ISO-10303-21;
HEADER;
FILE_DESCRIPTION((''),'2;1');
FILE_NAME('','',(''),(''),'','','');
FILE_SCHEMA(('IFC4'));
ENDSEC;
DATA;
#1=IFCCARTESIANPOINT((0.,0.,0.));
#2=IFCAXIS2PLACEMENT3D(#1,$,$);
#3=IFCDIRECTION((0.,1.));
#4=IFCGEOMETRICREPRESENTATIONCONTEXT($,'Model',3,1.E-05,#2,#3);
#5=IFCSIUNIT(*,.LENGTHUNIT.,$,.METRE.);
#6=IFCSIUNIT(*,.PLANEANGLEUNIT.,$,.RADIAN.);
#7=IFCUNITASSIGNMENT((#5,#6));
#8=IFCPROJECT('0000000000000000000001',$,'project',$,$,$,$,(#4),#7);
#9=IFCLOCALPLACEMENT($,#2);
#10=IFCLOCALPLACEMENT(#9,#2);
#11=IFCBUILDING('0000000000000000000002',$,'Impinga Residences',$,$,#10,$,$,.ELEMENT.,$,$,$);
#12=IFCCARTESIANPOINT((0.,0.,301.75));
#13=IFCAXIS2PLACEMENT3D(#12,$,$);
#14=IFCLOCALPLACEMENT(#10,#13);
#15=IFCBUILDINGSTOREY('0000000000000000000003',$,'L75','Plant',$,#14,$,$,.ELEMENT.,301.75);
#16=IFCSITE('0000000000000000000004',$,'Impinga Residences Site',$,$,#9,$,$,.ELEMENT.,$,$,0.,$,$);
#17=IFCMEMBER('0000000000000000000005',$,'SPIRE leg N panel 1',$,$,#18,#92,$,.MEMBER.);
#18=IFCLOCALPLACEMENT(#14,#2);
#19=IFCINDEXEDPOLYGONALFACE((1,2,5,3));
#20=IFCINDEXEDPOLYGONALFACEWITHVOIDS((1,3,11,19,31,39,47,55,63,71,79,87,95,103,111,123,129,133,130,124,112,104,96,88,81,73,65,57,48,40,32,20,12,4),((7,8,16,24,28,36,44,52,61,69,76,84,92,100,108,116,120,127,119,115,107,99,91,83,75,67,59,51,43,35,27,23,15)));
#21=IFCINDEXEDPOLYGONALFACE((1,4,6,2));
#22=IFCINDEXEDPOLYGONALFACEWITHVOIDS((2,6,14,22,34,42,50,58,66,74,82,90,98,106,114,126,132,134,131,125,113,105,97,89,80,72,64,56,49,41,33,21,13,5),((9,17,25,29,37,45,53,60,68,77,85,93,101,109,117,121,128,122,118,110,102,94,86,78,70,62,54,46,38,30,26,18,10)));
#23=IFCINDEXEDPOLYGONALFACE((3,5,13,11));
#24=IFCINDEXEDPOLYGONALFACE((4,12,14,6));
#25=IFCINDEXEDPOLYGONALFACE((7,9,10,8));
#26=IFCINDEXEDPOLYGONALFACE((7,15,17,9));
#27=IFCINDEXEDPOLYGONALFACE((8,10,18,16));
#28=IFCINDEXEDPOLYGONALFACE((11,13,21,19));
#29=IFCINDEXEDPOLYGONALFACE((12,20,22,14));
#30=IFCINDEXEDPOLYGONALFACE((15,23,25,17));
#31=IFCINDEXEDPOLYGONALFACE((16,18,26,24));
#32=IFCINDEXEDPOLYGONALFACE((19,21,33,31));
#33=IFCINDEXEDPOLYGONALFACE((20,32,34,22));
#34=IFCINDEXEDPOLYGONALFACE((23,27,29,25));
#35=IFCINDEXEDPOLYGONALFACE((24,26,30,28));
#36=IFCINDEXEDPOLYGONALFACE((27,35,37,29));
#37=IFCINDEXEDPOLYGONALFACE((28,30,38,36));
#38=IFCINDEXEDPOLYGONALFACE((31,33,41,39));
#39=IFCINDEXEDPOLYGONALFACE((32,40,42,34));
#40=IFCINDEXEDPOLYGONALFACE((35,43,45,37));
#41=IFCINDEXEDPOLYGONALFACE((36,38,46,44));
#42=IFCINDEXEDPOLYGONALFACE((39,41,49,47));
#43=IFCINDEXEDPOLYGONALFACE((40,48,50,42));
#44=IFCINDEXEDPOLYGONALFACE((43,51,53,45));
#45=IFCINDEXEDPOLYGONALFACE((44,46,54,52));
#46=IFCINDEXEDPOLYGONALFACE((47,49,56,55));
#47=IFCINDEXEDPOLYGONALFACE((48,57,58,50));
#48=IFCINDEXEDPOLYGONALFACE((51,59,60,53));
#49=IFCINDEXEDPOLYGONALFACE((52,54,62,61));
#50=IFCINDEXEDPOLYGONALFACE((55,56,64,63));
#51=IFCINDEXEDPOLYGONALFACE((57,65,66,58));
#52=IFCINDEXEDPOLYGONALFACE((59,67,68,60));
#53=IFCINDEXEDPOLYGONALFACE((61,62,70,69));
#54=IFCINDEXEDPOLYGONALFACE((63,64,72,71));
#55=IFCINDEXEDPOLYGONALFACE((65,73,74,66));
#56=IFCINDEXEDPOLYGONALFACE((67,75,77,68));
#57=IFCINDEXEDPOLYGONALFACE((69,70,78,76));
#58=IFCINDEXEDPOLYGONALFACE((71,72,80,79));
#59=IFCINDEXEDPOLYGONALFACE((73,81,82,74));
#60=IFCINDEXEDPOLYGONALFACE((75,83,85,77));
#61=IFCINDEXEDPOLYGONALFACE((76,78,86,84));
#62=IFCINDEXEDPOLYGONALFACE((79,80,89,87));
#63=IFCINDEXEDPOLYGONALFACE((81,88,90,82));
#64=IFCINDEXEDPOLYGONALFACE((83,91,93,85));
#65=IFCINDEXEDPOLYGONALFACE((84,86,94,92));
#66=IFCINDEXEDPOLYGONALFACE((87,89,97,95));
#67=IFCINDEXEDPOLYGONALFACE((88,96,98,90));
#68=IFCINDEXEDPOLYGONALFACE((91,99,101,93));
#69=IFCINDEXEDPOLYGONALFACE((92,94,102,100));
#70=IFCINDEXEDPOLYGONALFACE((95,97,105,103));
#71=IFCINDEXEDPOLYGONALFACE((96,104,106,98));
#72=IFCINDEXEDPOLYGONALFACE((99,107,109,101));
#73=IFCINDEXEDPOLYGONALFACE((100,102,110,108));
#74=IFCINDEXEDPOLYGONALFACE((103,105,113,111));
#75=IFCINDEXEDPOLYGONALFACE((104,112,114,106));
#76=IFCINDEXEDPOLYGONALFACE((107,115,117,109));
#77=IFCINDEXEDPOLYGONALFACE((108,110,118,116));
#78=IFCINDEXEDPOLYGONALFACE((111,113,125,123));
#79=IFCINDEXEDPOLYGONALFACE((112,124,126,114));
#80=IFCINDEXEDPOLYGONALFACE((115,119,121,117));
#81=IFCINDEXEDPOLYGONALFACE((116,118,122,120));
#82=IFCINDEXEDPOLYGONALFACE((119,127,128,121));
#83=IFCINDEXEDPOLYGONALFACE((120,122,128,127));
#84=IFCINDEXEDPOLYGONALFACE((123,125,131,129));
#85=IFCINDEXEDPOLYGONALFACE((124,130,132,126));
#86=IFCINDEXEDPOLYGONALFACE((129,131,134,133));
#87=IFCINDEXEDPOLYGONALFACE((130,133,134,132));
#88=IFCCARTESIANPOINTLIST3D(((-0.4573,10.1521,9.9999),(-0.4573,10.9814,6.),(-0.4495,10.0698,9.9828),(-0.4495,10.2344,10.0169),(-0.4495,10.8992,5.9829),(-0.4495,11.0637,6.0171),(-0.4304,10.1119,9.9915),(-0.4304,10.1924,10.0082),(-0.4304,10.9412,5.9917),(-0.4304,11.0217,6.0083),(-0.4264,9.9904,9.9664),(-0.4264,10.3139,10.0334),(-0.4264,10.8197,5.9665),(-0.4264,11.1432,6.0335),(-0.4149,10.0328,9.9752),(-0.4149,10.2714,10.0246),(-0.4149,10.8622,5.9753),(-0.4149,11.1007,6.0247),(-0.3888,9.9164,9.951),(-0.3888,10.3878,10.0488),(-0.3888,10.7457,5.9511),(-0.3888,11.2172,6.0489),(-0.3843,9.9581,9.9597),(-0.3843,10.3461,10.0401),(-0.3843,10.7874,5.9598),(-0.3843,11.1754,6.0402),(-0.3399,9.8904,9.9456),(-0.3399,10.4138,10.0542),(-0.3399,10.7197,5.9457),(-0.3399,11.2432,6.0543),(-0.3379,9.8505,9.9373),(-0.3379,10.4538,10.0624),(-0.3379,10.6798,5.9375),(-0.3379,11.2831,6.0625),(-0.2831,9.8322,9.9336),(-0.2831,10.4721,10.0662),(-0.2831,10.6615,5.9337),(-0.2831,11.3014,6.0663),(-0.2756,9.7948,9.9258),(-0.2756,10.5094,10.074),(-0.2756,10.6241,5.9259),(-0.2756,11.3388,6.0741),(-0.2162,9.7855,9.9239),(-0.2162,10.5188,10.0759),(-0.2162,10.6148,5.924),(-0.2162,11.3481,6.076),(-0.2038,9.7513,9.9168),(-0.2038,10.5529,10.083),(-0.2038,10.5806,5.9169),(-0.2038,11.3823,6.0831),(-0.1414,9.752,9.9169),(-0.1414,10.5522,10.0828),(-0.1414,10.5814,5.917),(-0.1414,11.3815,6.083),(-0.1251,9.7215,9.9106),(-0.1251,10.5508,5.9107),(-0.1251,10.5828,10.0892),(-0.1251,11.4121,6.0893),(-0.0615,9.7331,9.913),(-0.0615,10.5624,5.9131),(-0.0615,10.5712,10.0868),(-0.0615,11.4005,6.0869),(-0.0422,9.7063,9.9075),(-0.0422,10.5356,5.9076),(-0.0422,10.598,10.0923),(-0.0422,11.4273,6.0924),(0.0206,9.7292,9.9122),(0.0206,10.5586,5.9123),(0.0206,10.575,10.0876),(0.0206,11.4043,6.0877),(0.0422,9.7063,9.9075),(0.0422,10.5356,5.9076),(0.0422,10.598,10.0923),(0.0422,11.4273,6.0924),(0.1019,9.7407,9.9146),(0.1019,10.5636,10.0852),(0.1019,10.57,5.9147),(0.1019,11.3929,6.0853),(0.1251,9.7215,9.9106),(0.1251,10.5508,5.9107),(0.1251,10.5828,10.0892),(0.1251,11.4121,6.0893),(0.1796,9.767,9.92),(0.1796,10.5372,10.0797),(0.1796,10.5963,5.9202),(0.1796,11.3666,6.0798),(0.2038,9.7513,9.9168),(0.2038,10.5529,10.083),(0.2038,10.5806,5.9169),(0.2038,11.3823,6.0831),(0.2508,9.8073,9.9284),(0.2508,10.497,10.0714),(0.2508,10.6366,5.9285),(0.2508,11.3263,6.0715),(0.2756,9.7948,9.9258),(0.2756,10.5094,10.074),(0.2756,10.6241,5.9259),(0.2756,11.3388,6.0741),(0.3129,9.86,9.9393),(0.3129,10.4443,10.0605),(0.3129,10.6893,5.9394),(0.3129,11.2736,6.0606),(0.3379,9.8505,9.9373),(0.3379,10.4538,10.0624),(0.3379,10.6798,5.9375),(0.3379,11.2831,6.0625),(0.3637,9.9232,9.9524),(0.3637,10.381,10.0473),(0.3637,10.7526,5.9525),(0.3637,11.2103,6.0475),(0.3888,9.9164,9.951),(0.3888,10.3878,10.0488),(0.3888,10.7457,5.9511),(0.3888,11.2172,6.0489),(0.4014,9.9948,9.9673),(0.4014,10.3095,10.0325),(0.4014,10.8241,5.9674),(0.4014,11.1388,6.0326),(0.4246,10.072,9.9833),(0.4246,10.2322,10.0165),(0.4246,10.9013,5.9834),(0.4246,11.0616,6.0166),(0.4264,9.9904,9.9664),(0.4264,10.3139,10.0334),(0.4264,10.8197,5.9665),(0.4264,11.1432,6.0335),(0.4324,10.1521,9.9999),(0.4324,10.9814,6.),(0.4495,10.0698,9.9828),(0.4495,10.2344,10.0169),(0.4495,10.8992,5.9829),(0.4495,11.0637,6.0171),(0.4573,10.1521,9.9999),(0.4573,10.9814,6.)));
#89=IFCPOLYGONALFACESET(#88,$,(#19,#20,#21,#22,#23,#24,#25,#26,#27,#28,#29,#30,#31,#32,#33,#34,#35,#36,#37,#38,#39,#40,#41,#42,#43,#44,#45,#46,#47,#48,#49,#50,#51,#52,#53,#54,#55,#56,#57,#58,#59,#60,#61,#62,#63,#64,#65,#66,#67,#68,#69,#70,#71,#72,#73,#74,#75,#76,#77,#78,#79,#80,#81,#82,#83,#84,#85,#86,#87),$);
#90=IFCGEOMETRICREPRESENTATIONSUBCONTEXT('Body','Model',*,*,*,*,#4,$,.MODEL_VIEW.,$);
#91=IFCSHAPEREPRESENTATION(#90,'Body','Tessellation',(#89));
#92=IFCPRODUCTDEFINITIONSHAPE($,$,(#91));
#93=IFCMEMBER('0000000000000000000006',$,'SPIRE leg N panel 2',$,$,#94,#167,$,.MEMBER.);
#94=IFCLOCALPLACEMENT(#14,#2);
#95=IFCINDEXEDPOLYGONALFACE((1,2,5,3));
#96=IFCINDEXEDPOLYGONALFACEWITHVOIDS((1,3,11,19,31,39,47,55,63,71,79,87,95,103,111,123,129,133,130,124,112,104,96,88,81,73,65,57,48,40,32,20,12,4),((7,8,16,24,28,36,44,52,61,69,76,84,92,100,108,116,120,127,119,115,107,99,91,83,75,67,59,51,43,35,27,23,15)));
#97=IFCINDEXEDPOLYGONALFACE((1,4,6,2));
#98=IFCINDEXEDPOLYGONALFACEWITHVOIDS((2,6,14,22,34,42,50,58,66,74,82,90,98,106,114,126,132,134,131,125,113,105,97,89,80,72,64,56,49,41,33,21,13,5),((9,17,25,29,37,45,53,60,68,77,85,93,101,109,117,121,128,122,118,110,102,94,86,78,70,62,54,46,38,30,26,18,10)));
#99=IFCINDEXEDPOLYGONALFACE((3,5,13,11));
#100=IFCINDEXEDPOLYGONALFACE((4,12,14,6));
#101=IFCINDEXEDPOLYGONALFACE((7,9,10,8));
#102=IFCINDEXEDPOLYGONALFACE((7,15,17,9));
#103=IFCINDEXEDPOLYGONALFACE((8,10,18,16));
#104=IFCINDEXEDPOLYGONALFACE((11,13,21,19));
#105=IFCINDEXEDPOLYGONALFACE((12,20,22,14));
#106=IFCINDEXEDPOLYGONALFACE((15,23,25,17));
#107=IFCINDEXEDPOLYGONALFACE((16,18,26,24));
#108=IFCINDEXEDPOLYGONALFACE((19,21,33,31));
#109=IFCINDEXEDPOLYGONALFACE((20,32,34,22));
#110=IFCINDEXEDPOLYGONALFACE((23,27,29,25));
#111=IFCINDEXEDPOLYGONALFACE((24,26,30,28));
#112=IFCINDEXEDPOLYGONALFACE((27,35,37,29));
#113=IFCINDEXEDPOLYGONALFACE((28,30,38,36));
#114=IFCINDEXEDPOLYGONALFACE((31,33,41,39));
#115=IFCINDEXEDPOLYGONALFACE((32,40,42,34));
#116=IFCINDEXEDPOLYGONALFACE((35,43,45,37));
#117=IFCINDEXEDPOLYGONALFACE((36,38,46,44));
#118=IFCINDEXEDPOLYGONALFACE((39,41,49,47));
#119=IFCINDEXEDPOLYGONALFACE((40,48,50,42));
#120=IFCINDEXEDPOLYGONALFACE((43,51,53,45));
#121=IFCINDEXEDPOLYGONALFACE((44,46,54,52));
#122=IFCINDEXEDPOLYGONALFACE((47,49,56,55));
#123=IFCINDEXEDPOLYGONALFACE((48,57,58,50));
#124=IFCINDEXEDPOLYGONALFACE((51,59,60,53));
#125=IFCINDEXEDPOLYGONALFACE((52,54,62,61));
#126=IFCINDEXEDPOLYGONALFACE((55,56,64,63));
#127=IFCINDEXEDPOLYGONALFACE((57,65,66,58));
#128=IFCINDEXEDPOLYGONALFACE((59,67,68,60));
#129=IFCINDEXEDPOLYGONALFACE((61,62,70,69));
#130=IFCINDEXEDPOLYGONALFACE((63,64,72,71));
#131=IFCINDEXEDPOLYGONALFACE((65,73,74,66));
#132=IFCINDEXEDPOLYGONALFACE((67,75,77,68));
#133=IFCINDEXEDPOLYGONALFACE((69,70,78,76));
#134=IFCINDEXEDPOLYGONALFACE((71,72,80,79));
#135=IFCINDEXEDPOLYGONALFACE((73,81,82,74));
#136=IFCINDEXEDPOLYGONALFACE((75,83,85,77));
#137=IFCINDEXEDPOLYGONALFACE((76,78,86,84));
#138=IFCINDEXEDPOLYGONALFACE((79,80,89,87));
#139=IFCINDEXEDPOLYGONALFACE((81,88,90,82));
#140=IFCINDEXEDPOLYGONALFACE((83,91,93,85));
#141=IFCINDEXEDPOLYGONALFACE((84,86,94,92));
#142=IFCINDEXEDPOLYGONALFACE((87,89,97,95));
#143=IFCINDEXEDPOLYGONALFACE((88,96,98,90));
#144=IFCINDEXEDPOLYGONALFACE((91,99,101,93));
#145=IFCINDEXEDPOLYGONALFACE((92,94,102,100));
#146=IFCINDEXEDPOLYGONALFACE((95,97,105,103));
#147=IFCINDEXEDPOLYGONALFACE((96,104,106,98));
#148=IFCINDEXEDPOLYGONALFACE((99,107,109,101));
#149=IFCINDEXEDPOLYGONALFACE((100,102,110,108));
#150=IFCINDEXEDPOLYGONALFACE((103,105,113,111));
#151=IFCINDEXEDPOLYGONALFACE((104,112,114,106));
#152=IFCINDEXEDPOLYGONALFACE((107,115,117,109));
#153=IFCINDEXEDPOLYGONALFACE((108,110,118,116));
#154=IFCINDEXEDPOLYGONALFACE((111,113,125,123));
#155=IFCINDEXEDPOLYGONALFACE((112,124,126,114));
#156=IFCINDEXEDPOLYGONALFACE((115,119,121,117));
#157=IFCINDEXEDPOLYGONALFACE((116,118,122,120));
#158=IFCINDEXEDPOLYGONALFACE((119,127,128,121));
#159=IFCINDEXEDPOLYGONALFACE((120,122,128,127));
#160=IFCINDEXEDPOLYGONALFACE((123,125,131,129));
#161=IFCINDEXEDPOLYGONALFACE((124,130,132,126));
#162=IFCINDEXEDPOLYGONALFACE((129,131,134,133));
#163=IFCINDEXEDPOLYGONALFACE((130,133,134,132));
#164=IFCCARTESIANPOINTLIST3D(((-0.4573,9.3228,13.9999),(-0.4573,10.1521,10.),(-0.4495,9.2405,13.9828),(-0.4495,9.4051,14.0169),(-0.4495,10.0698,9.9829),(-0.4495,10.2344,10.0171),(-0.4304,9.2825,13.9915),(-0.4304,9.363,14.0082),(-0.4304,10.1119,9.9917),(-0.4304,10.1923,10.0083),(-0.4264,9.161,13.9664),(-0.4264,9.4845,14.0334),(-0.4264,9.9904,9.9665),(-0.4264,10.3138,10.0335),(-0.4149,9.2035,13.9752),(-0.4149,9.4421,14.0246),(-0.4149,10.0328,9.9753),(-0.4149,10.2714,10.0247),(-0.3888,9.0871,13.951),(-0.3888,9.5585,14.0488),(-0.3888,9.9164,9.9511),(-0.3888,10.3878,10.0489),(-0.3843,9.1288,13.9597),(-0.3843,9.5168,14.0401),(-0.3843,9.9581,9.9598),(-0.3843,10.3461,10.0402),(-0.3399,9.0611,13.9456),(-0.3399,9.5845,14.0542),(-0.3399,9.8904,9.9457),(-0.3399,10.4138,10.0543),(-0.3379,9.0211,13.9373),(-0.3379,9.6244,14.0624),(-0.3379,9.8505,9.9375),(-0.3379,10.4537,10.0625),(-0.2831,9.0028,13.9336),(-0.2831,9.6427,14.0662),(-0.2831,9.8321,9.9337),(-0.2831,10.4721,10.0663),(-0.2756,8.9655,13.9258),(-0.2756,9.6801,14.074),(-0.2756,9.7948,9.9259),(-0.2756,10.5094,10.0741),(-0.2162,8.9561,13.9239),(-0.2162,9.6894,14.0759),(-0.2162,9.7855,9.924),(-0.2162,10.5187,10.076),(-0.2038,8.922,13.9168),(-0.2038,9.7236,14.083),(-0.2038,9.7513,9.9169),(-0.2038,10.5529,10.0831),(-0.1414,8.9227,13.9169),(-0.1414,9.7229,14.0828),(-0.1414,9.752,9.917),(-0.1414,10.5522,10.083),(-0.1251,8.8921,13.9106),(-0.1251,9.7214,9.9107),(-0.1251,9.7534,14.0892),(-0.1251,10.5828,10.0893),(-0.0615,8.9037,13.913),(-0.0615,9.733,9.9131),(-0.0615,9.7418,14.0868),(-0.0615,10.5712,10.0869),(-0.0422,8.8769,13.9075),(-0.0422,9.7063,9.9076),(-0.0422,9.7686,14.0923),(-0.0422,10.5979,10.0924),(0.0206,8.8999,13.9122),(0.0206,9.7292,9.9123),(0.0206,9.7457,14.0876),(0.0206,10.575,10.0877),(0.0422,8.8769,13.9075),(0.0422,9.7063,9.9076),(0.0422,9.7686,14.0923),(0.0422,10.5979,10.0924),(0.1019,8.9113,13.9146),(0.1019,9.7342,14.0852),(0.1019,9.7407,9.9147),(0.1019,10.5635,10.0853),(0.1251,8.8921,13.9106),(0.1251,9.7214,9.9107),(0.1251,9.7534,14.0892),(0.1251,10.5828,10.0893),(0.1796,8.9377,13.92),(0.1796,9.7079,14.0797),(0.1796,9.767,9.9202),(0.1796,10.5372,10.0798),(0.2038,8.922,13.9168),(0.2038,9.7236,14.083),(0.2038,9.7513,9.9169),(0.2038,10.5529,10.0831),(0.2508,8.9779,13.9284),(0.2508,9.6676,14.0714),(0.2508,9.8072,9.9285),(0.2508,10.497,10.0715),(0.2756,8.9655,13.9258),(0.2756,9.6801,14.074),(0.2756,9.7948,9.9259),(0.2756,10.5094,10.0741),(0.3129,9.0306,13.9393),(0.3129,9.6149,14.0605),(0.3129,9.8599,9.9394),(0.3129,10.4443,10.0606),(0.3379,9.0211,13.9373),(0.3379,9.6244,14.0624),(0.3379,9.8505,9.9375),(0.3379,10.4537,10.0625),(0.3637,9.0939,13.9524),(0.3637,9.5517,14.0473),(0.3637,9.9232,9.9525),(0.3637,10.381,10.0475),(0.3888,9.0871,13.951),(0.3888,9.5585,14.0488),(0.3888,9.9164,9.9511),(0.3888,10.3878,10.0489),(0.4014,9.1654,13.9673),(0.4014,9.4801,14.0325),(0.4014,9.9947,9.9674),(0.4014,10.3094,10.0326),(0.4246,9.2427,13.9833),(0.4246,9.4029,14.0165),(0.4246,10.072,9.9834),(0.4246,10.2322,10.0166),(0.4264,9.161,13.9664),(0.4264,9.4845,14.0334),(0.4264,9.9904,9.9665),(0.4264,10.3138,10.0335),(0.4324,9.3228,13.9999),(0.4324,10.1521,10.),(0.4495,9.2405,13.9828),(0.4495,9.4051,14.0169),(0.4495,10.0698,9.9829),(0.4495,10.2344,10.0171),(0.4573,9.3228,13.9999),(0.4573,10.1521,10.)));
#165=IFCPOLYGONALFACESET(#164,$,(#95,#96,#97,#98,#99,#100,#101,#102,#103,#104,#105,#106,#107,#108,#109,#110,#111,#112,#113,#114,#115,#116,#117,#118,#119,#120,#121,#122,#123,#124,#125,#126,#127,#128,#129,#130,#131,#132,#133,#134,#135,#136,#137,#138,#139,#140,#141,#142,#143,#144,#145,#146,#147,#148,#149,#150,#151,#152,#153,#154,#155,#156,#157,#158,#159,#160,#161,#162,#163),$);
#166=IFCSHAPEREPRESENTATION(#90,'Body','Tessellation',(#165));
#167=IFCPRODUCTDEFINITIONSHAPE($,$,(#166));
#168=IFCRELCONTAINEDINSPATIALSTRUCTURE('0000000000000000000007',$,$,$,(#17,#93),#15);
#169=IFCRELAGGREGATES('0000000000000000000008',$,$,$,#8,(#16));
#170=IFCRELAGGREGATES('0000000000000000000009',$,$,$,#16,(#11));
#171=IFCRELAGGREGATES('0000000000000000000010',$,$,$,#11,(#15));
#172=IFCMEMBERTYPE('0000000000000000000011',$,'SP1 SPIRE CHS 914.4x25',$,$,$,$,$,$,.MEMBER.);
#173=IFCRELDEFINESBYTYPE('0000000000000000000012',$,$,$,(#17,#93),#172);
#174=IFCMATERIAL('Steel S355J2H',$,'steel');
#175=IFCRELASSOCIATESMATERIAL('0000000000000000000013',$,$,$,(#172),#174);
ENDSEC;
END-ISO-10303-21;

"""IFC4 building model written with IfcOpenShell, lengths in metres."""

from ifc_helpers import new_model, si_unit, direction, frame, origin, origin_2d, place, context, subcontext, project, spatial, hollow_circle, extrude, material, material_profile, profile_set, type_object, element, save


model = new_model("IFC4")

# Units and contexts
model_context = context("Model", 3, precision=1e-05, world=origin(), true_north=direction((0.0, 1.0)))
body_context = subcontext(model_context, "Body", "Model", "MODEL_VIEW")
ifc_project = project(units=[si_unit("LENGTHUNIT", "METRE"), si_unit("PLANEANGLEUNIT", "RADIAN")], contexts=[model_context])

# Site, building, storey
site_placement = place(None, origin())
site = spatial("IfcSite", under=ifc_project, at=site_placement, Name="Impinga Residences Site", CompositionType="ELEMENT", RefElevation=0.0)
building_placement = place(site_placement, origin())
building = spatial("IfcBuilding", under=site, at=building_placement, Name="Impinga Residences", CompositionType="ELEMENT")
storey_placement = place(building_placement, frame((0.0, 0.0, 301.75)))
storey = spatial("IfcBuildingStorey", under=building, at=storey_placement, Name="L75", Description="Plant", CompositionType="ELEMENT", Elevation=301.75)

# Members
ifc_material_1 = material(Name="Steel S355J2H", Category="steel")
ifc_material_profile_1 = material_profile(ifc_material_1, hollow_circle(Radius=0.4573, WallThickness=0.0249, at=origin_2d()), Name="CHS 914.4x25")
ifc_profile_set_1 = profile_set([ifc_material_profile_1], Name="Steel S355J2H")
member_type_1 = type_object("IfcMemberType", Name="SP1 SPIRE CHS 914.4x25", PredefinedType="MEMBER", material=ifc_profile_set_1)
for number, where, z_axis, x_axis, name in (
    (1, (0.0, 10.9814, 6.0), (0.0, -0.203019, 0.979175), (1.0, 0.0, 0.0), "SPIRE leg N panel 1"),
    (2, (0.0, 10.1521, 10.0), (0.0, -0.203019, 0.979175), (1.0, 0.0, 0.0), "SPIRE leg N panel 2"),
):
    element("IfcMember", number, at=place(storey_placement, frame(where, z_axis=z_axis, x_axis=x_axis)), inside=storey, type_object=member_type_1, Name=name, PredefinedType="MEMBER", context=body_context, shape_type="SweptSolid", body=[
        extrude(hollow_circle(Radius=0.4573, WallThickness=0.0249, at=origin_2d()), origin(), (0.0, 0.0, 1.0), 4.085),
    ])

save(model, "model.ifc")
